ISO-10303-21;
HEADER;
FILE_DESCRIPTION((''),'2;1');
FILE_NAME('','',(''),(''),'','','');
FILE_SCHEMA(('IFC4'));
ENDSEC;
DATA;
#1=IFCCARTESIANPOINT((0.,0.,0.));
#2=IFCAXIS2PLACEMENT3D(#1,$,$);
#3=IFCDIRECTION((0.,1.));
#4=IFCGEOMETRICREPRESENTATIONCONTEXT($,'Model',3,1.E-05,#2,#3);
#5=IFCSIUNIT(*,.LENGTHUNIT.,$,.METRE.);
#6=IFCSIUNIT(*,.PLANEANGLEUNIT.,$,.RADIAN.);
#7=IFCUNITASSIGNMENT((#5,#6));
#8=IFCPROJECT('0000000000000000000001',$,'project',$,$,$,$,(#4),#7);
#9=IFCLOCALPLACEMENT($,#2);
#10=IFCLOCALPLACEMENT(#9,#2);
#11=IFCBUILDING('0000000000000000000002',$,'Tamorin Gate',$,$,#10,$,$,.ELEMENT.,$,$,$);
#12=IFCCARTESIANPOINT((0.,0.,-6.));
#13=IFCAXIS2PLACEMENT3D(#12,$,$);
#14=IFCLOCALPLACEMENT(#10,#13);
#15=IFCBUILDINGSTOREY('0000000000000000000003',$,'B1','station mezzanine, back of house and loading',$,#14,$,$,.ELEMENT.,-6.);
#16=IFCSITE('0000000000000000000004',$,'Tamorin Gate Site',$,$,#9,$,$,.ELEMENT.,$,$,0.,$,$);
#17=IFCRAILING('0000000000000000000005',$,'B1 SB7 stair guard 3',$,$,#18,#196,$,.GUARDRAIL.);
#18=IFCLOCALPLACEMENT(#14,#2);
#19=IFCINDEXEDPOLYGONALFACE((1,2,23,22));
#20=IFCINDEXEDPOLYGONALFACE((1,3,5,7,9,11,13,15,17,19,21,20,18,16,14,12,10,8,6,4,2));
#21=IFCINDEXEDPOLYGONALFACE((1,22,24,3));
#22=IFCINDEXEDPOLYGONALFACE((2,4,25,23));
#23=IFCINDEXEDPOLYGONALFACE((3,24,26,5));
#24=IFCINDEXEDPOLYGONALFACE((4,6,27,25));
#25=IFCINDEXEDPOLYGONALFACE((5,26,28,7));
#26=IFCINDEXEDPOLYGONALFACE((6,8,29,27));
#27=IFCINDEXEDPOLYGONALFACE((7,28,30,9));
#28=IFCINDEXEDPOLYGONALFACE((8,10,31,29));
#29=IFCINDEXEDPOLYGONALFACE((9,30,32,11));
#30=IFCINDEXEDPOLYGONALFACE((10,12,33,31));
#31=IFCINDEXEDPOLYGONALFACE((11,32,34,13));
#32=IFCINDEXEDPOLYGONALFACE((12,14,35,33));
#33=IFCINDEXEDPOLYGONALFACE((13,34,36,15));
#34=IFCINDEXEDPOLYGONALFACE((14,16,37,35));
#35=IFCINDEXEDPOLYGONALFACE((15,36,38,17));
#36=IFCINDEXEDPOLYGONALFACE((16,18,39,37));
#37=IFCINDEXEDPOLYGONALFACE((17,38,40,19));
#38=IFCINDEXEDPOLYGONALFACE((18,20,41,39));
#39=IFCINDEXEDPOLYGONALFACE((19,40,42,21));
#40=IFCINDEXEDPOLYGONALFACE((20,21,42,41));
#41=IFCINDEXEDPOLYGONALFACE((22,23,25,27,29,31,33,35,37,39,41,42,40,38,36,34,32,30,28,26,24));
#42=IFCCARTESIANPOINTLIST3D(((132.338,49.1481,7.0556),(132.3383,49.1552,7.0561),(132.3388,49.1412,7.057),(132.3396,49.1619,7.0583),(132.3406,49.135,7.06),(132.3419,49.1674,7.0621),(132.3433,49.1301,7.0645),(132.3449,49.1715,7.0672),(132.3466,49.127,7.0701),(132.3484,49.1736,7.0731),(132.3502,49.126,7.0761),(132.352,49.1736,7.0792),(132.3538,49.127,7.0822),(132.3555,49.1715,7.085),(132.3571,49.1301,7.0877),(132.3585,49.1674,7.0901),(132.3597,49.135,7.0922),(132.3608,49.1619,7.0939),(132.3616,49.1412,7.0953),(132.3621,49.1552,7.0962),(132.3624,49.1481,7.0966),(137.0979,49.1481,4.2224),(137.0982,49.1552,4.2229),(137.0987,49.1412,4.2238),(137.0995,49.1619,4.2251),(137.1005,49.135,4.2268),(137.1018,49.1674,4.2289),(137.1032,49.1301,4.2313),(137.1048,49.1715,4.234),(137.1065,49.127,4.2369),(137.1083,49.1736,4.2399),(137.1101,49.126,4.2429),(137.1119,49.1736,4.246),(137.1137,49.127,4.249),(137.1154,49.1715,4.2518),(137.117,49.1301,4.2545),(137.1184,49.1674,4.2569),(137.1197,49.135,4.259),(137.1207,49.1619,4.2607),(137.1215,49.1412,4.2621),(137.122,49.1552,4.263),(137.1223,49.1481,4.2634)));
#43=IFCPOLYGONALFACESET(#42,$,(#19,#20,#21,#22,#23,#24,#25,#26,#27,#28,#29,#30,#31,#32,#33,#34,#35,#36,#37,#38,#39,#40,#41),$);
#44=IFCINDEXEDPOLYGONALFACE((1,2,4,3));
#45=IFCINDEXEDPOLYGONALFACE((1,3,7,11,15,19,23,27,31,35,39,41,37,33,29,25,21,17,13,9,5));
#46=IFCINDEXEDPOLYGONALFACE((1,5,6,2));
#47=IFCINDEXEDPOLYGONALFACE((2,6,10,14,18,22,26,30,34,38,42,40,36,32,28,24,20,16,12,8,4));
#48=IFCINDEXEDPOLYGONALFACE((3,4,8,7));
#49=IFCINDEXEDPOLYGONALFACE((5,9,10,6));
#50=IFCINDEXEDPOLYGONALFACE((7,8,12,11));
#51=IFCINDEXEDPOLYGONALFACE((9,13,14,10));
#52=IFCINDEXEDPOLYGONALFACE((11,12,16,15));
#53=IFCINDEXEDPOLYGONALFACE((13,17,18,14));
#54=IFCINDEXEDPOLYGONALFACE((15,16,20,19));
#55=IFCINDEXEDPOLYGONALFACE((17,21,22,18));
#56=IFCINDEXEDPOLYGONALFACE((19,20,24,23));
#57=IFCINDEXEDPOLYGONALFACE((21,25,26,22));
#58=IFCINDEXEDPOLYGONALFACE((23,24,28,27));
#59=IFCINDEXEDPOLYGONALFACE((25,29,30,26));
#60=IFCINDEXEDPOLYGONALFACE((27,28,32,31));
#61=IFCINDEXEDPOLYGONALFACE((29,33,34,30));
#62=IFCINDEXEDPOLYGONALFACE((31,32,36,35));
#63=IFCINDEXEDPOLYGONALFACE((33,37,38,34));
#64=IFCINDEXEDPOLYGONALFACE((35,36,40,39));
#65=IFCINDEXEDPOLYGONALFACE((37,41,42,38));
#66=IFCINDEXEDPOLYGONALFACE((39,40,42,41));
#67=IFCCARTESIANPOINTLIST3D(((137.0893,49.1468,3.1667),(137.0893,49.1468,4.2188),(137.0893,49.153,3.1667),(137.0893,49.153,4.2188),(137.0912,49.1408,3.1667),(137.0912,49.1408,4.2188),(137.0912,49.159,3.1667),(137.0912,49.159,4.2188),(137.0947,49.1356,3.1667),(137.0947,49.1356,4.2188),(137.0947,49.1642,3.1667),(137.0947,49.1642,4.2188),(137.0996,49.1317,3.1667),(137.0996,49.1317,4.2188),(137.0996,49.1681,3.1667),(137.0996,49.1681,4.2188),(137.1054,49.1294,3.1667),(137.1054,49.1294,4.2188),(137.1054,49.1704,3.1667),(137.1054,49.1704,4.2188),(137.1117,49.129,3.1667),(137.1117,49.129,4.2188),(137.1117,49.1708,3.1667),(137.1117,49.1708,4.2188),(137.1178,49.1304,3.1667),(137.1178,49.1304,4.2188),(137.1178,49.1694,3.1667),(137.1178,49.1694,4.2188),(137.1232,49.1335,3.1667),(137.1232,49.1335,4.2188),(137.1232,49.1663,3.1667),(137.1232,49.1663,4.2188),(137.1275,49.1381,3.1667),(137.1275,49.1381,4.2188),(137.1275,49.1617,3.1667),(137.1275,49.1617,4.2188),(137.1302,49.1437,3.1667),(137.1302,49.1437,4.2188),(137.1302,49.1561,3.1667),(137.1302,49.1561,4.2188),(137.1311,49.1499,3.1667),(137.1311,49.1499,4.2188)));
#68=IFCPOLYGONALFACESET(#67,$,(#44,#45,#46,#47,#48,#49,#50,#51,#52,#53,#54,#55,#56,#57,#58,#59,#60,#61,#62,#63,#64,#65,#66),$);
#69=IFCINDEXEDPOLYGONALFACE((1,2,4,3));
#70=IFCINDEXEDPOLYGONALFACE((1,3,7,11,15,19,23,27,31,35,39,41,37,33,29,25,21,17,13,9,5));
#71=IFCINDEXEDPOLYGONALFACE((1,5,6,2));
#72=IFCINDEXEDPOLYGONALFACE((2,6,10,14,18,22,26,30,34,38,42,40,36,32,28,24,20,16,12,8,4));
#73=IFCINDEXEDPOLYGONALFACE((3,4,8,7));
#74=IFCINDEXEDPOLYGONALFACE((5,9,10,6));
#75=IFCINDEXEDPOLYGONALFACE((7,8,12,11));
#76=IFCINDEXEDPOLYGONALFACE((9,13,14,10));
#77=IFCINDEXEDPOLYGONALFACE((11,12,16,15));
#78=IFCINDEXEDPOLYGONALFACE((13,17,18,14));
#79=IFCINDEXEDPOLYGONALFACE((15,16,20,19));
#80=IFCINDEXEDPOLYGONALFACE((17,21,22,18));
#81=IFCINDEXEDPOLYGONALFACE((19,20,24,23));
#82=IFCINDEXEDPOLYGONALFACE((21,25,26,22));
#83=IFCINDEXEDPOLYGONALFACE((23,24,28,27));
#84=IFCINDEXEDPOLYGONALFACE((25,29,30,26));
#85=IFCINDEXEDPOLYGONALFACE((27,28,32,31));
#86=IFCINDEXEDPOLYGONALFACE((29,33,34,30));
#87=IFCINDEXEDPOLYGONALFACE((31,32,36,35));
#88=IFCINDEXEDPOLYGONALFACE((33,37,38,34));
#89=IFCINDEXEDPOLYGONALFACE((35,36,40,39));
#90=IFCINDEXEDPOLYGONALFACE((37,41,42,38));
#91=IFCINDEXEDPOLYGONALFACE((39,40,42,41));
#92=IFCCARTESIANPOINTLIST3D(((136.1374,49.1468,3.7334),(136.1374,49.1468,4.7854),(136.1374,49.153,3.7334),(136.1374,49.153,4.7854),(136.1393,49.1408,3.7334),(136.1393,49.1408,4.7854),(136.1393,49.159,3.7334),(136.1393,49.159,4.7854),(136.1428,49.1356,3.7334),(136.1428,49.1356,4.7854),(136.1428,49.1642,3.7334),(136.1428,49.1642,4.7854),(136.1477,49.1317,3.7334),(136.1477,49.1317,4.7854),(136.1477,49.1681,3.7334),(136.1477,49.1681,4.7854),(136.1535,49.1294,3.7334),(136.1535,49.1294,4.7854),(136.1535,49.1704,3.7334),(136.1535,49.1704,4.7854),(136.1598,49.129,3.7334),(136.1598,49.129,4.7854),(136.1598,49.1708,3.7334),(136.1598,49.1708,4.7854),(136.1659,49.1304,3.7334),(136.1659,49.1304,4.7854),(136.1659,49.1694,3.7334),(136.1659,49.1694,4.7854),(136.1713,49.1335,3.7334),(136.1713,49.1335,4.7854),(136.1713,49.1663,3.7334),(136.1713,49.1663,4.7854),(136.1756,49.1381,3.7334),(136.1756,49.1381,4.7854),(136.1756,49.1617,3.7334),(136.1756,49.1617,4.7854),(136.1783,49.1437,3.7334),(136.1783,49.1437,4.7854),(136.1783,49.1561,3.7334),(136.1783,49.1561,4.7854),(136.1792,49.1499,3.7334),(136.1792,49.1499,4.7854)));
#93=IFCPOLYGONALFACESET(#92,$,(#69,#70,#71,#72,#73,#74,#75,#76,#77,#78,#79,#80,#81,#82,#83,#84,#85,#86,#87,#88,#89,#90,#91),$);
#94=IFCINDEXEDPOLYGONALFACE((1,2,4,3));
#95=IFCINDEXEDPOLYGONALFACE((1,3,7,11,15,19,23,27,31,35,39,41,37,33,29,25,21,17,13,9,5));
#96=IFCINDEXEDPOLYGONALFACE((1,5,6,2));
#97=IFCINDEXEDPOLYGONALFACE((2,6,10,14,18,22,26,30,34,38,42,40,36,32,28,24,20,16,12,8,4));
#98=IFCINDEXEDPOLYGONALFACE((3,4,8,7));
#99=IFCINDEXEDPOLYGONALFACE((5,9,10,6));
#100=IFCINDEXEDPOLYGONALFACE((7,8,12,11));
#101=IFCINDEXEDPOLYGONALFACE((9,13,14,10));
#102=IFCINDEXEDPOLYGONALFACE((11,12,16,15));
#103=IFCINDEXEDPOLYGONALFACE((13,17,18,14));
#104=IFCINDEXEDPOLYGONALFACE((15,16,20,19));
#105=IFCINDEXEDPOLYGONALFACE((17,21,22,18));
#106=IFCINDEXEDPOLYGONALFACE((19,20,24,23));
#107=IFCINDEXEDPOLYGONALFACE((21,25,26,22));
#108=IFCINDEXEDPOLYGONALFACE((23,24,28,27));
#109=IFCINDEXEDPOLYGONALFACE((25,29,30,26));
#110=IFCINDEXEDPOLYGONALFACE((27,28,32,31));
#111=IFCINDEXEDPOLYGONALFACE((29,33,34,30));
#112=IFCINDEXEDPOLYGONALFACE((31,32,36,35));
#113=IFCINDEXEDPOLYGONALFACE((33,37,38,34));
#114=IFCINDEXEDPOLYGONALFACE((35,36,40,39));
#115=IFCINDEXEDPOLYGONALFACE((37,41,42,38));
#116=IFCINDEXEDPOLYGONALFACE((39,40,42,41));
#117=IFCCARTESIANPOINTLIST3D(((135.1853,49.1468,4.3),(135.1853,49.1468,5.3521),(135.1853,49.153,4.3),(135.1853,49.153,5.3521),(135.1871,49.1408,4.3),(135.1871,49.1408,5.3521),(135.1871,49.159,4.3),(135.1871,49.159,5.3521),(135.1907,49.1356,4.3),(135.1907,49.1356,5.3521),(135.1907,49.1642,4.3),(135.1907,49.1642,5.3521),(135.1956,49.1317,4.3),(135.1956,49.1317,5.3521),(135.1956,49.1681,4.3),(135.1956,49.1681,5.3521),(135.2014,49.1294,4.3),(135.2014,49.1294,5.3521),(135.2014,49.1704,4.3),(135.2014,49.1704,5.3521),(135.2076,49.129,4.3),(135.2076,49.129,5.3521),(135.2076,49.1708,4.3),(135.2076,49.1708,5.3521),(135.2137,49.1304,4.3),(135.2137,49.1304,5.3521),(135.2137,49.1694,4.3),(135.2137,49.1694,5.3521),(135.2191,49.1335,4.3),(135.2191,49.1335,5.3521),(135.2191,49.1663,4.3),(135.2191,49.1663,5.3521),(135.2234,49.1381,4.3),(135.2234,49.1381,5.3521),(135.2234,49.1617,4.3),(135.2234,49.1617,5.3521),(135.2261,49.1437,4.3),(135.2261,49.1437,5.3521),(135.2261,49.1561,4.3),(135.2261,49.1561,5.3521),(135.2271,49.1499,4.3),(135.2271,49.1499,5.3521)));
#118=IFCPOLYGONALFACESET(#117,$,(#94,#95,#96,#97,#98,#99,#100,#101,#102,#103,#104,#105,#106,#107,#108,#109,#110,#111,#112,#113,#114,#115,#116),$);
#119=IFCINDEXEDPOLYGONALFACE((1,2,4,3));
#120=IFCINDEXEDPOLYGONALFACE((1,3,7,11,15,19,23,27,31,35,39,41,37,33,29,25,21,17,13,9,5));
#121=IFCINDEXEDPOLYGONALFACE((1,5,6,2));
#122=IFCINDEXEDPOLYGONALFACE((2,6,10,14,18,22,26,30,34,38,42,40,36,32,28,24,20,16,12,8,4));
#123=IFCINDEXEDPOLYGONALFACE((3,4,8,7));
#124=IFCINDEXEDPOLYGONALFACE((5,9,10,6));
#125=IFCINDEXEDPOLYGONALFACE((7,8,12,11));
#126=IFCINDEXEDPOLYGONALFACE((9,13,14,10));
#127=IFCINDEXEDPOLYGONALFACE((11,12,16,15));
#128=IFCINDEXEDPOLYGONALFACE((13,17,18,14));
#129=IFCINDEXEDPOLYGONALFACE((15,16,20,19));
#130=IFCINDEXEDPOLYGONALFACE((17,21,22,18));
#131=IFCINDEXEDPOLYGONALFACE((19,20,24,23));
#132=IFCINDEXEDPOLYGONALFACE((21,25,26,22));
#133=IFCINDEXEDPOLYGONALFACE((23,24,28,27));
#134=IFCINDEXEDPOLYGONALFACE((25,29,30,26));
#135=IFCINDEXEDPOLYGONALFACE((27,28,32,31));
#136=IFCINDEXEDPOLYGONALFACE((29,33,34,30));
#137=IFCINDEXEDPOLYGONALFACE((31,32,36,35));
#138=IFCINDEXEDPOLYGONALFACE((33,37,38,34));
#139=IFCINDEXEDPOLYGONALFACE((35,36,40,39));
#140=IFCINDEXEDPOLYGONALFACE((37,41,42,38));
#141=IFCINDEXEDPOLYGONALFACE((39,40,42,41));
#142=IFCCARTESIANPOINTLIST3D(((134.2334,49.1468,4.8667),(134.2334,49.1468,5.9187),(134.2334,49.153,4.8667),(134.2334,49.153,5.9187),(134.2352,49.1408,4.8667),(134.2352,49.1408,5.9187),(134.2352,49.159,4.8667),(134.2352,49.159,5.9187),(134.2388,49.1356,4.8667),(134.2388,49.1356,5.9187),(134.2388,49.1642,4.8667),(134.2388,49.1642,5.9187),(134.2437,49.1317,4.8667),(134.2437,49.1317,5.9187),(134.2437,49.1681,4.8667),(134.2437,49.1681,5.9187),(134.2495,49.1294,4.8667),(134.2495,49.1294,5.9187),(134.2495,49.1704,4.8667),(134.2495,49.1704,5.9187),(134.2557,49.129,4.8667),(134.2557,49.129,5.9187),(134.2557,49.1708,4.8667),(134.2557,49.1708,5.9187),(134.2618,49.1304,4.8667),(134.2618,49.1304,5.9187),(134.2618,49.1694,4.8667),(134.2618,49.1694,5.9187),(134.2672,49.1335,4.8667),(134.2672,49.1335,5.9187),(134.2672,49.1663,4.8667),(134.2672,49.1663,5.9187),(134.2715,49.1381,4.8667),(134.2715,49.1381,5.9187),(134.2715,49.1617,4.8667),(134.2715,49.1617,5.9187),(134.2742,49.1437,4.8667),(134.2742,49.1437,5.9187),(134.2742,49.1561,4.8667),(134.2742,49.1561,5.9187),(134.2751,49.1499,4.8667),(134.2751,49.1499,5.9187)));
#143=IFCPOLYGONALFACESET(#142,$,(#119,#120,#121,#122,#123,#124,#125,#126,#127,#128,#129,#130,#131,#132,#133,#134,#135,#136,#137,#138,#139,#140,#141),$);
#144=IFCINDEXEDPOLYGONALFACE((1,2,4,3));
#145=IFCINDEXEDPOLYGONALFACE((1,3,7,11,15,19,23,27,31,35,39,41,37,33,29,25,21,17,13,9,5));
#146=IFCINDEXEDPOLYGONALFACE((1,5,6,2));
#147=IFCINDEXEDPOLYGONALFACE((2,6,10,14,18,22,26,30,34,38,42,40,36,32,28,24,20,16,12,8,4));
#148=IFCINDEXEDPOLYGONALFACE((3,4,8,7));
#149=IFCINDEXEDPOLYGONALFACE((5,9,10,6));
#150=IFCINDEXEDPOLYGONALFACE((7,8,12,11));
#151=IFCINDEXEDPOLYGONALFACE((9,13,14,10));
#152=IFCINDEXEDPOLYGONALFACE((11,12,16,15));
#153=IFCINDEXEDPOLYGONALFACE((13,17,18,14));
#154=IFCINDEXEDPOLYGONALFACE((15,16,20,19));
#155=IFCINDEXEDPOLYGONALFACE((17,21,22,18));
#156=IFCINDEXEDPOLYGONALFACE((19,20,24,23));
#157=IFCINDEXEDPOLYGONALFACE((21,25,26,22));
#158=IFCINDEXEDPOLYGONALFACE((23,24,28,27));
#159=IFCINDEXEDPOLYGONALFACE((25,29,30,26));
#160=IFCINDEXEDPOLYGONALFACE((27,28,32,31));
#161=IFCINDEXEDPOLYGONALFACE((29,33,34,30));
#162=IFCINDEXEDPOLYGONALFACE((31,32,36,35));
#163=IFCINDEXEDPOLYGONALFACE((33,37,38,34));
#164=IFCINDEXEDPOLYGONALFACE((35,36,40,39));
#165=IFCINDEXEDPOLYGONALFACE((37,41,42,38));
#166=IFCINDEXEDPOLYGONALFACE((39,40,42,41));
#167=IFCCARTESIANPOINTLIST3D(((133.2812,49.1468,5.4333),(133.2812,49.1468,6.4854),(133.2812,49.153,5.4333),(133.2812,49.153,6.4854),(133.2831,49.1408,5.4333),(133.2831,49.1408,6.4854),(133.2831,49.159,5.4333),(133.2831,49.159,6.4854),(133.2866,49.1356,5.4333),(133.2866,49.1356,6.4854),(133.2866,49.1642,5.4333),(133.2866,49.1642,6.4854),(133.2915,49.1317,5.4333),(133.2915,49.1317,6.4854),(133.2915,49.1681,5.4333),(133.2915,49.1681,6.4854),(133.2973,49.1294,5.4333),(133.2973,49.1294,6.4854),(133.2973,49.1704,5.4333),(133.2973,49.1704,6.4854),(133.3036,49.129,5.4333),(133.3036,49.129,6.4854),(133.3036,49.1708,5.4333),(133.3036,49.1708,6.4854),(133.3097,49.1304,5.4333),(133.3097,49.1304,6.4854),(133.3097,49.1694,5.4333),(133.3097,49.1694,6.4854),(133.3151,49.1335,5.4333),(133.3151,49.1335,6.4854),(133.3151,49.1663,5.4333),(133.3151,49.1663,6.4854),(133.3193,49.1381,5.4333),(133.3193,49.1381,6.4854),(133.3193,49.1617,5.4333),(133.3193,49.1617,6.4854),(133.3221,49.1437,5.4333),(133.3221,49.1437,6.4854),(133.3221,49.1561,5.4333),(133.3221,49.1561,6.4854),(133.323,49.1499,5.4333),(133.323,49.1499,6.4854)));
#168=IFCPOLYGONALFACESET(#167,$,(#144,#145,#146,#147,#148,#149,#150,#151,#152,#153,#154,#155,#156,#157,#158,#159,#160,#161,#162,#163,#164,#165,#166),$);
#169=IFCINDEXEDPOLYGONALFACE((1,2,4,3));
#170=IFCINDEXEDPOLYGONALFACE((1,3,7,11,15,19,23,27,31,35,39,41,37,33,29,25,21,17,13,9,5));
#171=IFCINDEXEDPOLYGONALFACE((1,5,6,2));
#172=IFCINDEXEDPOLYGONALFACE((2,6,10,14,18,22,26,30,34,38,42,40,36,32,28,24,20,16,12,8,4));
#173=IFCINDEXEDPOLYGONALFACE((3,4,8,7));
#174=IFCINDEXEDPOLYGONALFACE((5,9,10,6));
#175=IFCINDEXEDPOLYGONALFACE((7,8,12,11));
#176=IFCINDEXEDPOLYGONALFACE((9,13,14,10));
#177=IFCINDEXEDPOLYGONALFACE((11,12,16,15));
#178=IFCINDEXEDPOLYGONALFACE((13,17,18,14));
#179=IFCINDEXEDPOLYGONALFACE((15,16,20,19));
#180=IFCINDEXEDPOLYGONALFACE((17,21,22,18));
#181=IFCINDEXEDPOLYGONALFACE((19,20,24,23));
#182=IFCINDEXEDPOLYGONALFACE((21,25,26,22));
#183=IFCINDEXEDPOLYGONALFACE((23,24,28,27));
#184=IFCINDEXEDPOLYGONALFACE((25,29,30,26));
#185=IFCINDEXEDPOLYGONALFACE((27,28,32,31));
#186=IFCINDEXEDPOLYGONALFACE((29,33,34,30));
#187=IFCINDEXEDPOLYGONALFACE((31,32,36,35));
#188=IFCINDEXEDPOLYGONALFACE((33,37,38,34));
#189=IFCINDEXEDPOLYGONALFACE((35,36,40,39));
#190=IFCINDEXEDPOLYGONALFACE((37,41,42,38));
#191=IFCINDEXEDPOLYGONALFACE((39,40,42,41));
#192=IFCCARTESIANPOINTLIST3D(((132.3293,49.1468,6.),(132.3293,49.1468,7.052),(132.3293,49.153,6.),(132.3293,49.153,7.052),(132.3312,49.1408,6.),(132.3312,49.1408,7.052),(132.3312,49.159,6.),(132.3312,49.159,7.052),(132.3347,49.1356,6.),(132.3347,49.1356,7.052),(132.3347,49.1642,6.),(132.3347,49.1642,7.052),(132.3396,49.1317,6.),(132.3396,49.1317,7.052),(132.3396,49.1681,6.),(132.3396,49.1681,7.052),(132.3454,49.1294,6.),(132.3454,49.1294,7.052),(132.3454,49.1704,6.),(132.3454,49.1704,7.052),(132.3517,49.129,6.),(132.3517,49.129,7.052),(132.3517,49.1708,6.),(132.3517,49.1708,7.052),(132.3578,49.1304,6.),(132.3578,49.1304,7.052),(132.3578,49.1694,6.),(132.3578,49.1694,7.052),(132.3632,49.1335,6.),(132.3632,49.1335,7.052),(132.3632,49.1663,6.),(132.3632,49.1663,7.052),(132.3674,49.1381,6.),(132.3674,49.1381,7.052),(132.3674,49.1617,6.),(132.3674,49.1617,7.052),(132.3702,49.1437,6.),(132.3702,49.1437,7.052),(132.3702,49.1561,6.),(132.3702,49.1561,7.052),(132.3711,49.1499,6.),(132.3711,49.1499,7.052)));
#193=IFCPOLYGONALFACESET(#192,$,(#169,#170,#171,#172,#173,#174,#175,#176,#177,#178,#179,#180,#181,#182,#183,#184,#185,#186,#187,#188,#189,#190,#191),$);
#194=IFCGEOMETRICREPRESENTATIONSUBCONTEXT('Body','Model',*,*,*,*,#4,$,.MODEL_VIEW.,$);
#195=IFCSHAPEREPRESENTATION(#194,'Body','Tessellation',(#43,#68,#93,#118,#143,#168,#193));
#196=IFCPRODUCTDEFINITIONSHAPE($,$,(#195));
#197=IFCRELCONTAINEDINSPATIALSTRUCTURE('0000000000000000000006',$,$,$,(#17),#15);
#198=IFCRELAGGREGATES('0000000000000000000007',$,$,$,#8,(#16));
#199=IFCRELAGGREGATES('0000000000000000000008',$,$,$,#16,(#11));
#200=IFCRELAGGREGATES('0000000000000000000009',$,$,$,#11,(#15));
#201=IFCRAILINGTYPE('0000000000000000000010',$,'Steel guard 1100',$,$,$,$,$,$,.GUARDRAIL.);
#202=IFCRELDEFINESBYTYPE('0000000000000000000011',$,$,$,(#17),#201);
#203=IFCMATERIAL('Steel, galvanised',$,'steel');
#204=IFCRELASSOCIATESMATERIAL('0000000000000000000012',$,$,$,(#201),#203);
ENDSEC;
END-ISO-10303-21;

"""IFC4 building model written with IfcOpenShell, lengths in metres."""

from ifc_helpers import new_model, si_unit, direction, frame, origin, origin_2d, place, context, subcontext, project, spatial, circle, extrude, material, type_object, element, save


model = new_model("IFC4")

# Units and contexts
model_context = context("Model", 3, precision=1e-05, world=origin(), true_north=direction((0.0, 1.0)))
body_context = subcontext(model_context, "Body", "Model", "MODEL_VIEW")
ifc_project = project(units=[si_unit("LENGTHUNIT", "METRE"), si_unit("PLANEANGLEUNIT", "RADIAN")], contexts=[model_context])

# Site, building, storey
site_placement = place(None, origin())
site = spatial("IfcSite", under=ifc_project, at=site_placement, Name="Tamorin Gate Site", CompositionType="ELEMENT", RefElevation=0.0)
building_placement = place(site_placement, origin())
building = spatial("IfcBuilding", under=site, at=building_placement, Name="Tamorin Gate", CompositionType="ELEMENT")
storey_placement = place(building_placement, frame((0.0, 0.0, -6.0)))
storey = spatial("IfcBuildingStorey", under=building, at=storey_placement, Name="B1", Description="station mezzanine, back of house and loading", CompositionType="ELEMENT", Elevation=-6.0)

# Railing
ifc_material_1 = material(Name="Steel, galvanised", Category="steel")
railing_type_1 = type_object("IfcRailingType", Name="Steel guard 1100", PredefinedType="GUARDRAIL", material=ifc_material_1)
railing_1_placement = place(storey_placement, frame((137.1101, 49.1499, 3.1667)))
element("IfcRailing", 1, at=railing_1_placement, inside=storey, type_object=railing_type_1, Name="B1 SB7 stair guard 3", PredefinedType="GUARDRAIL", context=body_context, shape_type="SweptSolid", body=[
    extrude(circle(Radius=0.0239, at=origin_2d()), frame((0.0, 0.0, 1.0762), z_axis=(-0.8593, 0.0, 0.511472), x_axis=(0.0, -1.0, 0.0)), (0.0, 0.0, 1.0), 5.5393),
    extrude(circle(Radius=0.021, at=origin_2d()), origin(), (0.0, 0.0, 1.0), 1.052),
    extrude(circle(Radius=0.021, at=origin_2d()), frame((-0.9519, 0.0, 0.5667)), (0.0, 0.0, 1.0), 1.052),
    extrude(circle(Radius=0.021, at=origin_2d()), frame((-1.9041, 0.0, 1.1333)), (0.0, 0.0, 1.0), 1.052),
    extrude(circle(Radius=0.021, at=origin_2d()), frame((-2.856, 0.0, 1.7)), (0.0, 0.0, 1.0), 1.052),
    extrude(circle(Radius=0.021, at=origin_2d()), frame((-3.8081, 0.0, 2.2666)), (0.0, 0.0, 1.0), 1.052),
    extrude(circle(Radius=0.021, at=origin_2d()), frame((-4.76, 0.0, 2.8333)), (0.0, 0.0, 1.0), 1.052),
])

save(model, "model.ifc")
